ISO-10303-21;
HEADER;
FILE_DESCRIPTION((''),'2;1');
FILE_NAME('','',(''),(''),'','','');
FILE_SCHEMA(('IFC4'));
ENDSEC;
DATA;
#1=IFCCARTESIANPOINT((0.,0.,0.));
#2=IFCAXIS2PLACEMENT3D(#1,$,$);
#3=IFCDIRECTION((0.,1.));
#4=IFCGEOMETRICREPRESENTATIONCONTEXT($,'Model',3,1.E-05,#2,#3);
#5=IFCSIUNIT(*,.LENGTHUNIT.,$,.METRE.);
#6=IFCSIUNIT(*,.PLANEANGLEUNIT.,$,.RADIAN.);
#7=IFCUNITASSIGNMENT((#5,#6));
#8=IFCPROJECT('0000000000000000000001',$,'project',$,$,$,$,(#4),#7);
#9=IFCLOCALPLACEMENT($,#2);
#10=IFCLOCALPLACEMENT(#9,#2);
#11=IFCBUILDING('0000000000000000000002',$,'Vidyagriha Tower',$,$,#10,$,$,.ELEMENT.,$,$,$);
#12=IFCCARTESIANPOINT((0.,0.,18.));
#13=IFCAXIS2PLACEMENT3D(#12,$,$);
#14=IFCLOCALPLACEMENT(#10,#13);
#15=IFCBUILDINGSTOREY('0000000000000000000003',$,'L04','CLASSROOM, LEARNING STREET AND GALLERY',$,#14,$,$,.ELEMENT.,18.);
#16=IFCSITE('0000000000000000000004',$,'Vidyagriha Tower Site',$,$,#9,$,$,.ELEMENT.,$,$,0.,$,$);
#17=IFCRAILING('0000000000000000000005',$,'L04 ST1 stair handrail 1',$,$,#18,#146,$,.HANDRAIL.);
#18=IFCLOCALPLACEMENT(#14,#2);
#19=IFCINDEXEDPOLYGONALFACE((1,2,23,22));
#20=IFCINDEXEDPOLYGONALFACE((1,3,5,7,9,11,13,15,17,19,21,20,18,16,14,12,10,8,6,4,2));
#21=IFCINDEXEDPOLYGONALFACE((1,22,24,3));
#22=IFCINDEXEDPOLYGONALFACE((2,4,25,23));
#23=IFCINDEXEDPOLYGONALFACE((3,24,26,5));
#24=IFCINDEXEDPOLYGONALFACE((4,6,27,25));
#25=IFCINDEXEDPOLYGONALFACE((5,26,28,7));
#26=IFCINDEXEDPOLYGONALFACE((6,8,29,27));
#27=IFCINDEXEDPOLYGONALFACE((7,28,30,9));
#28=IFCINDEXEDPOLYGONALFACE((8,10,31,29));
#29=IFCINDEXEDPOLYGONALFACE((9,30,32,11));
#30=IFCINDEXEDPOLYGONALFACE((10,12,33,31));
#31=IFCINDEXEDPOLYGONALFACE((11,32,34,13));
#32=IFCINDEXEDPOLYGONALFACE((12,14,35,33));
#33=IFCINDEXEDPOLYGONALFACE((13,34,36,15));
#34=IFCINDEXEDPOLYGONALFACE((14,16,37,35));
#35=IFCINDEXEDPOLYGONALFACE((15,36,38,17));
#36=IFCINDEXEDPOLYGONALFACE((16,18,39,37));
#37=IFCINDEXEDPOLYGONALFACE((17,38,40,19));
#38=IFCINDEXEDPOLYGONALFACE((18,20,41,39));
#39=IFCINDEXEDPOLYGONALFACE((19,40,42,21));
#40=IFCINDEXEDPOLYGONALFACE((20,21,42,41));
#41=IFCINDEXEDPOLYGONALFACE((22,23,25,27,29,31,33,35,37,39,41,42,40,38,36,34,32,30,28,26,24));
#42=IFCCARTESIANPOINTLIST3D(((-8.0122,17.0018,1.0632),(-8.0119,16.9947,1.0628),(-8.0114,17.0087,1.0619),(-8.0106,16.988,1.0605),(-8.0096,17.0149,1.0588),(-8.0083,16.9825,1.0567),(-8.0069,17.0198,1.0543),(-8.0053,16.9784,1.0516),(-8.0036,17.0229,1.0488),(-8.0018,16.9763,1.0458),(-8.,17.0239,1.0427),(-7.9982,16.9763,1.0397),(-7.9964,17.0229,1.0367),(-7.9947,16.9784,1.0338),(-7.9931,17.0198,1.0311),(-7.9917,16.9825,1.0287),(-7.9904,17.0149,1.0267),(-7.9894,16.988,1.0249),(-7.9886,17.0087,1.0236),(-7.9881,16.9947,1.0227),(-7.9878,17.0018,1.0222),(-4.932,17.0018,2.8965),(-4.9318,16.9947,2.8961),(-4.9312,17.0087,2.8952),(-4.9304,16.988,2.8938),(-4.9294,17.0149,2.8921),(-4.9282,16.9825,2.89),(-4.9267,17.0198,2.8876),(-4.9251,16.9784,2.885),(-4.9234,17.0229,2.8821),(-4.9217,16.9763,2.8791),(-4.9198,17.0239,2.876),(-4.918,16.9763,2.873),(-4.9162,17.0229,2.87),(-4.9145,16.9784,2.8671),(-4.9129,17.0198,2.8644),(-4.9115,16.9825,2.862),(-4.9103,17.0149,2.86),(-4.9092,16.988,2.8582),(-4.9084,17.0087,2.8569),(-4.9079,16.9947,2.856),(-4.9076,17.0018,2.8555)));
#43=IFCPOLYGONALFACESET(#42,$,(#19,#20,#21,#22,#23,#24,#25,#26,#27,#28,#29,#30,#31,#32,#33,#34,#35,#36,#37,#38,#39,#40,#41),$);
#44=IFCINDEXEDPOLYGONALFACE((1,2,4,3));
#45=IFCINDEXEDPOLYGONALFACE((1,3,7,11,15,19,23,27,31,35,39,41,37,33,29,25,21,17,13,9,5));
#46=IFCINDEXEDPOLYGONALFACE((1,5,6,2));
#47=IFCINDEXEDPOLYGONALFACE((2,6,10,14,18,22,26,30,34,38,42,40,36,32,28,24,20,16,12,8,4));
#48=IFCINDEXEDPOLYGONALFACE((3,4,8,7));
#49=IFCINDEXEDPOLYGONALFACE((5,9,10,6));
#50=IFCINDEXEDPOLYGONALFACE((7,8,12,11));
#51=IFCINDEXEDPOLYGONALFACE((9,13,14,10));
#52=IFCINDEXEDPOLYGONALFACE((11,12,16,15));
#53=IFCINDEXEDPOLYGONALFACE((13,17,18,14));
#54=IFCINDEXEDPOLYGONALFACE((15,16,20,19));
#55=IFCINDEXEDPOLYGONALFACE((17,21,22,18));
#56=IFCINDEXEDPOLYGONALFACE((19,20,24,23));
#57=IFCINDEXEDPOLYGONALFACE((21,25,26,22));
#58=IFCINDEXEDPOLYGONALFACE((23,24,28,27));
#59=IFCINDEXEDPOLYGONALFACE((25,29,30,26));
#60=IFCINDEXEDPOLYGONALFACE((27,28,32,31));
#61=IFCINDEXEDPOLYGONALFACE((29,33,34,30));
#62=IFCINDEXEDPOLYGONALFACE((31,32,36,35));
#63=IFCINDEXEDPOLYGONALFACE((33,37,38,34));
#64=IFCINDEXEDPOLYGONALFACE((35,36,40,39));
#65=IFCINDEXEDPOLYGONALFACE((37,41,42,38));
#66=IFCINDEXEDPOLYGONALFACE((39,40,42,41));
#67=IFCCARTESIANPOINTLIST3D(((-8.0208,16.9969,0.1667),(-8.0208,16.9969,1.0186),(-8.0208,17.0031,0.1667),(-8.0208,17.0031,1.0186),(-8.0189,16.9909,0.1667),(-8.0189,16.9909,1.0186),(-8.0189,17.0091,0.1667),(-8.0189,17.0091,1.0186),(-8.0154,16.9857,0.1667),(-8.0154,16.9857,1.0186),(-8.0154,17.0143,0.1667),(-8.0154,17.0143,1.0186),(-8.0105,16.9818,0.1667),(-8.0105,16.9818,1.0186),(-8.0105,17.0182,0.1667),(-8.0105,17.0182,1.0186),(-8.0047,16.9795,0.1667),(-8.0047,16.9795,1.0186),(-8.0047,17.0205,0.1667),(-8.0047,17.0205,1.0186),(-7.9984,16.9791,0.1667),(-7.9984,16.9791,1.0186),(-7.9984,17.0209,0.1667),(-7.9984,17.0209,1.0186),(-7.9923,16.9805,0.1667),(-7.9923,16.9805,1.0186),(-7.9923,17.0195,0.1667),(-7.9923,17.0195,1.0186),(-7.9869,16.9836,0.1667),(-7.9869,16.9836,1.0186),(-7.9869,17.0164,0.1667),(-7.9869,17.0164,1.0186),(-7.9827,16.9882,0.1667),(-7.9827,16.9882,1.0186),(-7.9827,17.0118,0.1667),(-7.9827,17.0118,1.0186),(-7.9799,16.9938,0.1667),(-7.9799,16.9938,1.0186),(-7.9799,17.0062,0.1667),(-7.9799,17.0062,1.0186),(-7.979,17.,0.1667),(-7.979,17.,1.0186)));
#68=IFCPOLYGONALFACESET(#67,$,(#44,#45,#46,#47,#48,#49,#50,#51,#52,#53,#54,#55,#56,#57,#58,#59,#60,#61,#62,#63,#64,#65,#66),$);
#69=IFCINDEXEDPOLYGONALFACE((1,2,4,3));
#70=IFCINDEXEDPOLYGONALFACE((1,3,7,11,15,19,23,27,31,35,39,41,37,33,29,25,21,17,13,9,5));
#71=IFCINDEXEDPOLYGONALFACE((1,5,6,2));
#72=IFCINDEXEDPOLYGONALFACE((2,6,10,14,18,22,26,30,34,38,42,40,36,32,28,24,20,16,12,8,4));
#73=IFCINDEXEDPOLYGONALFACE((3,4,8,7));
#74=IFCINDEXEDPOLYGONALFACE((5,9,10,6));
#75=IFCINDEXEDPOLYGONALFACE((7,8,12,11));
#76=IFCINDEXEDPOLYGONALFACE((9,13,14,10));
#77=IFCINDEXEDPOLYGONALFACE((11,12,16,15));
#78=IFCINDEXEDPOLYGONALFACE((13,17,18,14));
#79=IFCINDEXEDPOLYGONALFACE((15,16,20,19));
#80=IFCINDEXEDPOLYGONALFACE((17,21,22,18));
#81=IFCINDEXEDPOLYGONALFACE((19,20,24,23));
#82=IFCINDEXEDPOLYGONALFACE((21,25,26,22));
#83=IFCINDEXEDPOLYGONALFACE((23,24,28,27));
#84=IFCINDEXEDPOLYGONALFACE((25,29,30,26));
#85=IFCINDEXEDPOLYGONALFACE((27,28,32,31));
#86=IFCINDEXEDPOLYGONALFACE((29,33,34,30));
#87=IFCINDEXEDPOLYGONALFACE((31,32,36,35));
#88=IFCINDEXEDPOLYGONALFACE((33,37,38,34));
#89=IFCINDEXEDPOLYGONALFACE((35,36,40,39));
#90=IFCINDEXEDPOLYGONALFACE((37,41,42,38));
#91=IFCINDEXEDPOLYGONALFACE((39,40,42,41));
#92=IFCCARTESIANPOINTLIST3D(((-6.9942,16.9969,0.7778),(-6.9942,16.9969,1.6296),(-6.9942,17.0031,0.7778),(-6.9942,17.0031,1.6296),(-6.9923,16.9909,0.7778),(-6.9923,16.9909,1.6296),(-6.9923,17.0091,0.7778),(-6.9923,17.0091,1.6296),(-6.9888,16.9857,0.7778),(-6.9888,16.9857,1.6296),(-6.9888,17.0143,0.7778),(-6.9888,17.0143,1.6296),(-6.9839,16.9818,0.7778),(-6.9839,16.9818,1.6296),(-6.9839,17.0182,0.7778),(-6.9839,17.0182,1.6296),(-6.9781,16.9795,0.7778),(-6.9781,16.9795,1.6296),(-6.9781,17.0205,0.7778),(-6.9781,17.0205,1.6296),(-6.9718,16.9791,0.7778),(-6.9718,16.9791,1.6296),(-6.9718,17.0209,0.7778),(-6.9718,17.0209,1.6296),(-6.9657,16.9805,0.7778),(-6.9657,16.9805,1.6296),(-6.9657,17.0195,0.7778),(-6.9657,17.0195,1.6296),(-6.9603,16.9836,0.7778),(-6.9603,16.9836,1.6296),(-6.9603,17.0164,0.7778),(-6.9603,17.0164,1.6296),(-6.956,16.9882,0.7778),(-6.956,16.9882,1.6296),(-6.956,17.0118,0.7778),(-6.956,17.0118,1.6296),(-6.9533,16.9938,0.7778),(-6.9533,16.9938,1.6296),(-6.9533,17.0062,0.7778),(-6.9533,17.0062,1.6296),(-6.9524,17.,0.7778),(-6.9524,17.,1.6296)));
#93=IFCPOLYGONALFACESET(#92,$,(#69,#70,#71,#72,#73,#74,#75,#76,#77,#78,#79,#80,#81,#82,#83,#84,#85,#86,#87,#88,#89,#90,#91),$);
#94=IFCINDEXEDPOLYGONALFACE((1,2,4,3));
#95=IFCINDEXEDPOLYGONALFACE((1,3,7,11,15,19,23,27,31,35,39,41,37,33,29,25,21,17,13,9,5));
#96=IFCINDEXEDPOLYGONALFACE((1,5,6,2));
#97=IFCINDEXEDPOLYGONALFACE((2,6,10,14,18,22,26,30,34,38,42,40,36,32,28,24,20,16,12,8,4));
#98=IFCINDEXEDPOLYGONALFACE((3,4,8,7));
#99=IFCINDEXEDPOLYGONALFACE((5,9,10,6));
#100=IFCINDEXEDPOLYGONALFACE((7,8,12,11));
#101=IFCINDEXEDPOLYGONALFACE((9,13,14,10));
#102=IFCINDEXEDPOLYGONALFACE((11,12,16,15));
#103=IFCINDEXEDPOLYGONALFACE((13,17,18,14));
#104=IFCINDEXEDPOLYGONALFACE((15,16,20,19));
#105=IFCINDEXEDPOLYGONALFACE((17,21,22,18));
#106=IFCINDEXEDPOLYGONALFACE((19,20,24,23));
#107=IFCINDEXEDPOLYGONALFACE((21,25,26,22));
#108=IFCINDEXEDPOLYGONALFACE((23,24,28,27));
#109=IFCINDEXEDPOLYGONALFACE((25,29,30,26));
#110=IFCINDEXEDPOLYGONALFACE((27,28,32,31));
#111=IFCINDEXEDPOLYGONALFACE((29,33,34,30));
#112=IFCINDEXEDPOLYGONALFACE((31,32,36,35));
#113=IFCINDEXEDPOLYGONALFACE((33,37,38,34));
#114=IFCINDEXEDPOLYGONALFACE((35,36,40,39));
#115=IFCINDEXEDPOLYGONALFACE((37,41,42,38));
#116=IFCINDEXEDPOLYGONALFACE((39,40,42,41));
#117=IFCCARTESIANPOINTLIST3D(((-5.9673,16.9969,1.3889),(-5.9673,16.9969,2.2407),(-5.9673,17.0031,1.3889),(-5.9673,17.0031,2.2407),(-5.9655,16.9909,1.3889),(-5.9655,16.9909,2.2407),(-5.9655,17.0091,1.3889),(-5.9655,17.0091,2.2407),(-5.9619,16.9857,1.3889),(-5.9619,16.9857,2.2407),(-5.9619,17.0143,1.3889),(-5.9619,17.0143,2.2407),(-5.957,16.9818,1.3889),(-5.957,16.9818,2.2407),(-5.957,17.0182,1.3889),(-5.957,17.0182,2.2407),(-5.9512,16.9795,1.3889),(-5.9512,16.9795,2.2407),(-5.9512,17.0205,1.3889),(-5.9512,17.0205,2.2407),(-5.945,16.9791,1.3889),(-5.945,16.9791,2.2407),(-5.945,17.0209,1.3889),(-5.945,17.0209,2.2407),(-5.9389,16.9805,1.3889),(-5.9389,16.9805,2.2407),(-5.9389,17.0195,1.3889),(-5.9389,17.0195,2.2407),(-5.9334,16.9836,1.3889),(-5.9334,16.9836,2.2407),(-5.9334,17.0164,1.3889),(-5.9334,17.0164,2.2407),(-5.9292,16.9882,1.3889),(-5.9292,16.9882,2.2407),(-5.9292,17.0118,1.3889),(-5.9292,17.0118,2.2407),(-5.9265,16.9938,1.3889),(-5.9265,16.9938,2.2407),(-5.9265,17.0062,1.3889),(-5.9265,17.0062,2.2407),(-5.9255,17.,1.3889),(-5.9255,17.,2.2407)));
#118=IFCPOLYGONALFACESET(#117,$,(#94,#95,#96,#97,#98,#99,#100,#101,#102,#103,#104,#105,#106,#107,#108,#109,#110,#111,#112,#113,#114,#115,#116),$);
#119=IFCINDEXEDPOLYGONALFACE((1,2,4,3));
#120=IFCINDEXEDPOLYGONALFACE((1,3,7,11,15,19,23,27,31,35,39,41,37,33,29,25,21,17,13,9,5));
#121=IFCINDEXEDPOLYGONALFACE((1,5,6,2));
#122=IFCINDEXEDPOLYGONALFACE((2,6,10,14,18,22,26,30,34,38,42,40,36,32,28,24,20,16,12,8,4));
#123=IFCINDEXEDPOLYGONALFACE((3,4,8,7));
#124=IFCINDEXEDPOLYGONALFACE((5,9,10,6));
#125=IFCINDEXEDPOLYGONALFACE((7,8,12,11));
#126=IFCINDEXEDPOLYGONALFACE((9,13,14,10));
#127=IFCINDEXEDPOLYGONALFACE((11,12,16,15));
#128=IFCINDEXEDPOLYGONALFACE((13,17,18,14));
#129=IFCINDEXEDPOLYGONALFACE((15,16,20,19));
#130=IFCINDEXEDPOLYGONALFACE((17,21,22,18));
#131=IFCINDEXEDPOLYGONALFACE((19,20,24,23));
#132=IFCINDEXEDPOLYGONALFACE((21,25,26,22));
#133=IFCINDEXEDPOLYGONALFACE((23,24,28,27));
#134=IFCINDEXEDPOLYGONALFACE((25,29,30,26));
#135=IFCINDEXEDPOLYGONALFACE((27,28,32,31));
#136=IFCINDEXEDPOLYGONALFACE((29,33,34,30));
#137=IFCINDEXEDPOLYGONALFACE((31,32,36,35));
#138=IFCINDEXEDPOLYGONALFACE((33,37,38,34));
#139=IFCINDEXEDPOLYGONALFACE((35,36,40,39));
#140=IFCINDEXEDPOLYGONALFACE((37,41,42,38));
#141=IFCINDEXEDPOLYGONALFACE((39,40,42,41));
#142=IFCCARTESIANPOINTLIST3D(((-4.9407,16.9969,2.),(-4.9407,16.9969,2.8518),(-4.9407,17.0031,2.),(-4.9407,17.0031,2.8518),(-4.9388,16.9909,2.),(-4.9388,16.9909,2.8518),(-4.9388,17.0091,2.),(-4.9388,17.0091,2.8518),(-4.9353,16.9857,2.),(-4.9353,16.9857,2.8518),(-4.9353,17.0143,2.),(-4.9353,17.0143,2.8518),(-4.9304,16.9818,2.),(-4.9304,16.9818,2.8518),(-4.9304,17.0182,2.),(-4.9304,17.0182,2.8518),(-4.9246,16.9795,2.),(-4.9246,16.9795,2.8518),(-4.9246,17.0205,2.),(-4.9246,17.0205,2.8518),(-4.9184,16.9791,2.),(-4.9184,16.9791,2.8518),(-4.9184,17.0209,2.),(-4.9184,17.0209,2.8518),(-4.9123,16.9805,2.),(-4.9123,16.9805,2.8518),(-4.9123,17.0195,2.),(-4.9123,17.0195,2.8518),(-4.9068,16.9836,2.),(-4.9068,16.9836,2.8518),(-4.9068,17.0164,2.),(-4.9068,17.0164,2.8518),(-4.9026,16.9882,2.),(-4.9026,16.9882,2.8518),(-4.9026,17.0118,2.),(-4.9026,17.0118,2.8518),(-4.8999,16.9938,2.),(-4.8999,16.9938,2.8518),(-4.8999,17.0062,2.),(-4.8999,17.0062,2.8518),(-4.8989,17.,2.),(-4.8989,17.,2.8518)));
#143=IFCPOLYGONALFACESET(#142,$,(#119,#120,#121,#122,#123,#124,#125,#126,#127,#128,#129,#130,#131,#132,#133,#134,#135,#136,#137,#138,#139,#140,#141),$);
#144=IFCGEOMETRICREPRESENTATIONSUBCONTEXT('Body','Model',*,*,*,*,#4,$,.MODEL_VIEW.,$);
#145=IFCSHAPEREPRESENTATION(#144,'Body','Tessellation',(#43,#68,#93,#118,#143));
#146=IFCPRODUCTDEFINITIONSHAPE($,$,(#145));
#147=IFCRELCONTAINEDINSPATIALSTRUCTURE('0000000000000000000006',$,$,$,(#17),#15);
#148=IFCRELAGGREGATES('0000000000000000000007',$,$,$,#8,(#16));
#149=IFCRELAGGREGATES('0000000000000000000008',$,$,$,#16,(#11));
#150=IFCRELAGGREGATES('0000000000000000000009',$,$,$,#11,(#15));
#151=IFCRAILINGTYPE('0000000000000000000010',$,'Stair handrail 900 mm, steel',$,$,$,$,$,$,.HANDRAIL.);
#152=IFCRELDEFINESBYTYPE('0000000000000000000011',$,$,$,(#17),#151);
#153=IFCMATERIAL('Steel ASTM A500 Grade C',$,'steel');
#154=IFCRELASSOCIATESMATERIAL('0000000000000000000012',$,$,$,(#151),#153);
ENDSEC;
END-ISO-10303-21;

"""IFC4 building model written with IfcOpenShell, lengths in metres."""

from ifc_helpers import new_model, si_unit, direction, frame, origin, origin_2d, place, context, subcontext, project, spatial, circle, extrude, material, type_object, element, save


model = new_model("IFC4")

# Units and contexts
model_context = context("Model", 3, precision=1e-05, world=origin(), true_north=direction((0.0, 1.0)))
body_context = subcontext(model_context, "Body", "Model", "MODEL_VIEW")
ifc_project = project(units=[si_unit("LENGTHUNIT", "METRE"), si_unit("PLANEANGLEUNIT", "RADIAN")], contexts=[model_context])

# Site, building, storey
site_placement = place(None, origin())
site = spatial("IfcSite", under=ifc_project, at=site_placement, Name="Vidyagriha Tower Site", CompositionType="ELEMENT", RefElevation=0.0)
building_placement = place(site_placement, origin())
building = spatial("IfcBuilding", under=site, at=building_placement, Name="Vidyagriha Tower", CompositionType="ELEMENT")
storey_placement = place(building_placement, frame((0.0, 0.0, 18.0)))
storey = spatial("IfcBuildingStorey", under=building, at=storey_placement, Name="L04", Description="CLASSROOM, LEARNING STREET AND GALLERY", CompositionType="ELEMENT", Elevation=18.0)

# Railing
ifc_material_1 = material(Name="Steel ASTM A500 Grade C", Category="steel")
railing_type_1 = type_object("IfcRailingType", Name="Stair handrail 900 mm, steel", PredefinedType="HANDRAIL", material=ifc_material_1)
railing_1_placement = place(storey_placement, frame((-8.0, 17.0, 0.1667)))
element("IfcRailing", 1, at=railing_1_placement, inside=storey, type_object=railing_type_1, Name="L04 ST1 stair handrail 1", PredefinedType="HANDRAIL", context=body_context, shape_type="SweptSolid", body=[
    extrude(circle(Radius=0.0239, at=origin_2d()), frame((0.0, 0.0, 0.876), z_axis=(0.859309, 0.0, 0.511458), x_axis=(0.0, 1.0, 0.0)), (0.0, 0.0, 1.0), 3.5845),
    extrude(circle(Radius=0.021, at=origin_2d()), origin(), (0.0, 0.0, 1.0), 0.8518),
    extrude(circle(Radius=0.021, at=origin_2d()), frame((1.0266, 0.0, 0.6111)), (0.0, 0.0, 1.0), 0.8518),
    extrude(circle(Radius=0.021, at=origin_2d()), frame((2.0535, 0.0, 1.2222)), (0.0, 0.0, 1.0), 0.8518),
    extrude(circle(Radius=0.021, at=origin_2d()), frame((3.0801, 0.0, 1.8333)), (0.0, 0.0, 1.0), 0.8518),
])

save(model, "model.ifc")
